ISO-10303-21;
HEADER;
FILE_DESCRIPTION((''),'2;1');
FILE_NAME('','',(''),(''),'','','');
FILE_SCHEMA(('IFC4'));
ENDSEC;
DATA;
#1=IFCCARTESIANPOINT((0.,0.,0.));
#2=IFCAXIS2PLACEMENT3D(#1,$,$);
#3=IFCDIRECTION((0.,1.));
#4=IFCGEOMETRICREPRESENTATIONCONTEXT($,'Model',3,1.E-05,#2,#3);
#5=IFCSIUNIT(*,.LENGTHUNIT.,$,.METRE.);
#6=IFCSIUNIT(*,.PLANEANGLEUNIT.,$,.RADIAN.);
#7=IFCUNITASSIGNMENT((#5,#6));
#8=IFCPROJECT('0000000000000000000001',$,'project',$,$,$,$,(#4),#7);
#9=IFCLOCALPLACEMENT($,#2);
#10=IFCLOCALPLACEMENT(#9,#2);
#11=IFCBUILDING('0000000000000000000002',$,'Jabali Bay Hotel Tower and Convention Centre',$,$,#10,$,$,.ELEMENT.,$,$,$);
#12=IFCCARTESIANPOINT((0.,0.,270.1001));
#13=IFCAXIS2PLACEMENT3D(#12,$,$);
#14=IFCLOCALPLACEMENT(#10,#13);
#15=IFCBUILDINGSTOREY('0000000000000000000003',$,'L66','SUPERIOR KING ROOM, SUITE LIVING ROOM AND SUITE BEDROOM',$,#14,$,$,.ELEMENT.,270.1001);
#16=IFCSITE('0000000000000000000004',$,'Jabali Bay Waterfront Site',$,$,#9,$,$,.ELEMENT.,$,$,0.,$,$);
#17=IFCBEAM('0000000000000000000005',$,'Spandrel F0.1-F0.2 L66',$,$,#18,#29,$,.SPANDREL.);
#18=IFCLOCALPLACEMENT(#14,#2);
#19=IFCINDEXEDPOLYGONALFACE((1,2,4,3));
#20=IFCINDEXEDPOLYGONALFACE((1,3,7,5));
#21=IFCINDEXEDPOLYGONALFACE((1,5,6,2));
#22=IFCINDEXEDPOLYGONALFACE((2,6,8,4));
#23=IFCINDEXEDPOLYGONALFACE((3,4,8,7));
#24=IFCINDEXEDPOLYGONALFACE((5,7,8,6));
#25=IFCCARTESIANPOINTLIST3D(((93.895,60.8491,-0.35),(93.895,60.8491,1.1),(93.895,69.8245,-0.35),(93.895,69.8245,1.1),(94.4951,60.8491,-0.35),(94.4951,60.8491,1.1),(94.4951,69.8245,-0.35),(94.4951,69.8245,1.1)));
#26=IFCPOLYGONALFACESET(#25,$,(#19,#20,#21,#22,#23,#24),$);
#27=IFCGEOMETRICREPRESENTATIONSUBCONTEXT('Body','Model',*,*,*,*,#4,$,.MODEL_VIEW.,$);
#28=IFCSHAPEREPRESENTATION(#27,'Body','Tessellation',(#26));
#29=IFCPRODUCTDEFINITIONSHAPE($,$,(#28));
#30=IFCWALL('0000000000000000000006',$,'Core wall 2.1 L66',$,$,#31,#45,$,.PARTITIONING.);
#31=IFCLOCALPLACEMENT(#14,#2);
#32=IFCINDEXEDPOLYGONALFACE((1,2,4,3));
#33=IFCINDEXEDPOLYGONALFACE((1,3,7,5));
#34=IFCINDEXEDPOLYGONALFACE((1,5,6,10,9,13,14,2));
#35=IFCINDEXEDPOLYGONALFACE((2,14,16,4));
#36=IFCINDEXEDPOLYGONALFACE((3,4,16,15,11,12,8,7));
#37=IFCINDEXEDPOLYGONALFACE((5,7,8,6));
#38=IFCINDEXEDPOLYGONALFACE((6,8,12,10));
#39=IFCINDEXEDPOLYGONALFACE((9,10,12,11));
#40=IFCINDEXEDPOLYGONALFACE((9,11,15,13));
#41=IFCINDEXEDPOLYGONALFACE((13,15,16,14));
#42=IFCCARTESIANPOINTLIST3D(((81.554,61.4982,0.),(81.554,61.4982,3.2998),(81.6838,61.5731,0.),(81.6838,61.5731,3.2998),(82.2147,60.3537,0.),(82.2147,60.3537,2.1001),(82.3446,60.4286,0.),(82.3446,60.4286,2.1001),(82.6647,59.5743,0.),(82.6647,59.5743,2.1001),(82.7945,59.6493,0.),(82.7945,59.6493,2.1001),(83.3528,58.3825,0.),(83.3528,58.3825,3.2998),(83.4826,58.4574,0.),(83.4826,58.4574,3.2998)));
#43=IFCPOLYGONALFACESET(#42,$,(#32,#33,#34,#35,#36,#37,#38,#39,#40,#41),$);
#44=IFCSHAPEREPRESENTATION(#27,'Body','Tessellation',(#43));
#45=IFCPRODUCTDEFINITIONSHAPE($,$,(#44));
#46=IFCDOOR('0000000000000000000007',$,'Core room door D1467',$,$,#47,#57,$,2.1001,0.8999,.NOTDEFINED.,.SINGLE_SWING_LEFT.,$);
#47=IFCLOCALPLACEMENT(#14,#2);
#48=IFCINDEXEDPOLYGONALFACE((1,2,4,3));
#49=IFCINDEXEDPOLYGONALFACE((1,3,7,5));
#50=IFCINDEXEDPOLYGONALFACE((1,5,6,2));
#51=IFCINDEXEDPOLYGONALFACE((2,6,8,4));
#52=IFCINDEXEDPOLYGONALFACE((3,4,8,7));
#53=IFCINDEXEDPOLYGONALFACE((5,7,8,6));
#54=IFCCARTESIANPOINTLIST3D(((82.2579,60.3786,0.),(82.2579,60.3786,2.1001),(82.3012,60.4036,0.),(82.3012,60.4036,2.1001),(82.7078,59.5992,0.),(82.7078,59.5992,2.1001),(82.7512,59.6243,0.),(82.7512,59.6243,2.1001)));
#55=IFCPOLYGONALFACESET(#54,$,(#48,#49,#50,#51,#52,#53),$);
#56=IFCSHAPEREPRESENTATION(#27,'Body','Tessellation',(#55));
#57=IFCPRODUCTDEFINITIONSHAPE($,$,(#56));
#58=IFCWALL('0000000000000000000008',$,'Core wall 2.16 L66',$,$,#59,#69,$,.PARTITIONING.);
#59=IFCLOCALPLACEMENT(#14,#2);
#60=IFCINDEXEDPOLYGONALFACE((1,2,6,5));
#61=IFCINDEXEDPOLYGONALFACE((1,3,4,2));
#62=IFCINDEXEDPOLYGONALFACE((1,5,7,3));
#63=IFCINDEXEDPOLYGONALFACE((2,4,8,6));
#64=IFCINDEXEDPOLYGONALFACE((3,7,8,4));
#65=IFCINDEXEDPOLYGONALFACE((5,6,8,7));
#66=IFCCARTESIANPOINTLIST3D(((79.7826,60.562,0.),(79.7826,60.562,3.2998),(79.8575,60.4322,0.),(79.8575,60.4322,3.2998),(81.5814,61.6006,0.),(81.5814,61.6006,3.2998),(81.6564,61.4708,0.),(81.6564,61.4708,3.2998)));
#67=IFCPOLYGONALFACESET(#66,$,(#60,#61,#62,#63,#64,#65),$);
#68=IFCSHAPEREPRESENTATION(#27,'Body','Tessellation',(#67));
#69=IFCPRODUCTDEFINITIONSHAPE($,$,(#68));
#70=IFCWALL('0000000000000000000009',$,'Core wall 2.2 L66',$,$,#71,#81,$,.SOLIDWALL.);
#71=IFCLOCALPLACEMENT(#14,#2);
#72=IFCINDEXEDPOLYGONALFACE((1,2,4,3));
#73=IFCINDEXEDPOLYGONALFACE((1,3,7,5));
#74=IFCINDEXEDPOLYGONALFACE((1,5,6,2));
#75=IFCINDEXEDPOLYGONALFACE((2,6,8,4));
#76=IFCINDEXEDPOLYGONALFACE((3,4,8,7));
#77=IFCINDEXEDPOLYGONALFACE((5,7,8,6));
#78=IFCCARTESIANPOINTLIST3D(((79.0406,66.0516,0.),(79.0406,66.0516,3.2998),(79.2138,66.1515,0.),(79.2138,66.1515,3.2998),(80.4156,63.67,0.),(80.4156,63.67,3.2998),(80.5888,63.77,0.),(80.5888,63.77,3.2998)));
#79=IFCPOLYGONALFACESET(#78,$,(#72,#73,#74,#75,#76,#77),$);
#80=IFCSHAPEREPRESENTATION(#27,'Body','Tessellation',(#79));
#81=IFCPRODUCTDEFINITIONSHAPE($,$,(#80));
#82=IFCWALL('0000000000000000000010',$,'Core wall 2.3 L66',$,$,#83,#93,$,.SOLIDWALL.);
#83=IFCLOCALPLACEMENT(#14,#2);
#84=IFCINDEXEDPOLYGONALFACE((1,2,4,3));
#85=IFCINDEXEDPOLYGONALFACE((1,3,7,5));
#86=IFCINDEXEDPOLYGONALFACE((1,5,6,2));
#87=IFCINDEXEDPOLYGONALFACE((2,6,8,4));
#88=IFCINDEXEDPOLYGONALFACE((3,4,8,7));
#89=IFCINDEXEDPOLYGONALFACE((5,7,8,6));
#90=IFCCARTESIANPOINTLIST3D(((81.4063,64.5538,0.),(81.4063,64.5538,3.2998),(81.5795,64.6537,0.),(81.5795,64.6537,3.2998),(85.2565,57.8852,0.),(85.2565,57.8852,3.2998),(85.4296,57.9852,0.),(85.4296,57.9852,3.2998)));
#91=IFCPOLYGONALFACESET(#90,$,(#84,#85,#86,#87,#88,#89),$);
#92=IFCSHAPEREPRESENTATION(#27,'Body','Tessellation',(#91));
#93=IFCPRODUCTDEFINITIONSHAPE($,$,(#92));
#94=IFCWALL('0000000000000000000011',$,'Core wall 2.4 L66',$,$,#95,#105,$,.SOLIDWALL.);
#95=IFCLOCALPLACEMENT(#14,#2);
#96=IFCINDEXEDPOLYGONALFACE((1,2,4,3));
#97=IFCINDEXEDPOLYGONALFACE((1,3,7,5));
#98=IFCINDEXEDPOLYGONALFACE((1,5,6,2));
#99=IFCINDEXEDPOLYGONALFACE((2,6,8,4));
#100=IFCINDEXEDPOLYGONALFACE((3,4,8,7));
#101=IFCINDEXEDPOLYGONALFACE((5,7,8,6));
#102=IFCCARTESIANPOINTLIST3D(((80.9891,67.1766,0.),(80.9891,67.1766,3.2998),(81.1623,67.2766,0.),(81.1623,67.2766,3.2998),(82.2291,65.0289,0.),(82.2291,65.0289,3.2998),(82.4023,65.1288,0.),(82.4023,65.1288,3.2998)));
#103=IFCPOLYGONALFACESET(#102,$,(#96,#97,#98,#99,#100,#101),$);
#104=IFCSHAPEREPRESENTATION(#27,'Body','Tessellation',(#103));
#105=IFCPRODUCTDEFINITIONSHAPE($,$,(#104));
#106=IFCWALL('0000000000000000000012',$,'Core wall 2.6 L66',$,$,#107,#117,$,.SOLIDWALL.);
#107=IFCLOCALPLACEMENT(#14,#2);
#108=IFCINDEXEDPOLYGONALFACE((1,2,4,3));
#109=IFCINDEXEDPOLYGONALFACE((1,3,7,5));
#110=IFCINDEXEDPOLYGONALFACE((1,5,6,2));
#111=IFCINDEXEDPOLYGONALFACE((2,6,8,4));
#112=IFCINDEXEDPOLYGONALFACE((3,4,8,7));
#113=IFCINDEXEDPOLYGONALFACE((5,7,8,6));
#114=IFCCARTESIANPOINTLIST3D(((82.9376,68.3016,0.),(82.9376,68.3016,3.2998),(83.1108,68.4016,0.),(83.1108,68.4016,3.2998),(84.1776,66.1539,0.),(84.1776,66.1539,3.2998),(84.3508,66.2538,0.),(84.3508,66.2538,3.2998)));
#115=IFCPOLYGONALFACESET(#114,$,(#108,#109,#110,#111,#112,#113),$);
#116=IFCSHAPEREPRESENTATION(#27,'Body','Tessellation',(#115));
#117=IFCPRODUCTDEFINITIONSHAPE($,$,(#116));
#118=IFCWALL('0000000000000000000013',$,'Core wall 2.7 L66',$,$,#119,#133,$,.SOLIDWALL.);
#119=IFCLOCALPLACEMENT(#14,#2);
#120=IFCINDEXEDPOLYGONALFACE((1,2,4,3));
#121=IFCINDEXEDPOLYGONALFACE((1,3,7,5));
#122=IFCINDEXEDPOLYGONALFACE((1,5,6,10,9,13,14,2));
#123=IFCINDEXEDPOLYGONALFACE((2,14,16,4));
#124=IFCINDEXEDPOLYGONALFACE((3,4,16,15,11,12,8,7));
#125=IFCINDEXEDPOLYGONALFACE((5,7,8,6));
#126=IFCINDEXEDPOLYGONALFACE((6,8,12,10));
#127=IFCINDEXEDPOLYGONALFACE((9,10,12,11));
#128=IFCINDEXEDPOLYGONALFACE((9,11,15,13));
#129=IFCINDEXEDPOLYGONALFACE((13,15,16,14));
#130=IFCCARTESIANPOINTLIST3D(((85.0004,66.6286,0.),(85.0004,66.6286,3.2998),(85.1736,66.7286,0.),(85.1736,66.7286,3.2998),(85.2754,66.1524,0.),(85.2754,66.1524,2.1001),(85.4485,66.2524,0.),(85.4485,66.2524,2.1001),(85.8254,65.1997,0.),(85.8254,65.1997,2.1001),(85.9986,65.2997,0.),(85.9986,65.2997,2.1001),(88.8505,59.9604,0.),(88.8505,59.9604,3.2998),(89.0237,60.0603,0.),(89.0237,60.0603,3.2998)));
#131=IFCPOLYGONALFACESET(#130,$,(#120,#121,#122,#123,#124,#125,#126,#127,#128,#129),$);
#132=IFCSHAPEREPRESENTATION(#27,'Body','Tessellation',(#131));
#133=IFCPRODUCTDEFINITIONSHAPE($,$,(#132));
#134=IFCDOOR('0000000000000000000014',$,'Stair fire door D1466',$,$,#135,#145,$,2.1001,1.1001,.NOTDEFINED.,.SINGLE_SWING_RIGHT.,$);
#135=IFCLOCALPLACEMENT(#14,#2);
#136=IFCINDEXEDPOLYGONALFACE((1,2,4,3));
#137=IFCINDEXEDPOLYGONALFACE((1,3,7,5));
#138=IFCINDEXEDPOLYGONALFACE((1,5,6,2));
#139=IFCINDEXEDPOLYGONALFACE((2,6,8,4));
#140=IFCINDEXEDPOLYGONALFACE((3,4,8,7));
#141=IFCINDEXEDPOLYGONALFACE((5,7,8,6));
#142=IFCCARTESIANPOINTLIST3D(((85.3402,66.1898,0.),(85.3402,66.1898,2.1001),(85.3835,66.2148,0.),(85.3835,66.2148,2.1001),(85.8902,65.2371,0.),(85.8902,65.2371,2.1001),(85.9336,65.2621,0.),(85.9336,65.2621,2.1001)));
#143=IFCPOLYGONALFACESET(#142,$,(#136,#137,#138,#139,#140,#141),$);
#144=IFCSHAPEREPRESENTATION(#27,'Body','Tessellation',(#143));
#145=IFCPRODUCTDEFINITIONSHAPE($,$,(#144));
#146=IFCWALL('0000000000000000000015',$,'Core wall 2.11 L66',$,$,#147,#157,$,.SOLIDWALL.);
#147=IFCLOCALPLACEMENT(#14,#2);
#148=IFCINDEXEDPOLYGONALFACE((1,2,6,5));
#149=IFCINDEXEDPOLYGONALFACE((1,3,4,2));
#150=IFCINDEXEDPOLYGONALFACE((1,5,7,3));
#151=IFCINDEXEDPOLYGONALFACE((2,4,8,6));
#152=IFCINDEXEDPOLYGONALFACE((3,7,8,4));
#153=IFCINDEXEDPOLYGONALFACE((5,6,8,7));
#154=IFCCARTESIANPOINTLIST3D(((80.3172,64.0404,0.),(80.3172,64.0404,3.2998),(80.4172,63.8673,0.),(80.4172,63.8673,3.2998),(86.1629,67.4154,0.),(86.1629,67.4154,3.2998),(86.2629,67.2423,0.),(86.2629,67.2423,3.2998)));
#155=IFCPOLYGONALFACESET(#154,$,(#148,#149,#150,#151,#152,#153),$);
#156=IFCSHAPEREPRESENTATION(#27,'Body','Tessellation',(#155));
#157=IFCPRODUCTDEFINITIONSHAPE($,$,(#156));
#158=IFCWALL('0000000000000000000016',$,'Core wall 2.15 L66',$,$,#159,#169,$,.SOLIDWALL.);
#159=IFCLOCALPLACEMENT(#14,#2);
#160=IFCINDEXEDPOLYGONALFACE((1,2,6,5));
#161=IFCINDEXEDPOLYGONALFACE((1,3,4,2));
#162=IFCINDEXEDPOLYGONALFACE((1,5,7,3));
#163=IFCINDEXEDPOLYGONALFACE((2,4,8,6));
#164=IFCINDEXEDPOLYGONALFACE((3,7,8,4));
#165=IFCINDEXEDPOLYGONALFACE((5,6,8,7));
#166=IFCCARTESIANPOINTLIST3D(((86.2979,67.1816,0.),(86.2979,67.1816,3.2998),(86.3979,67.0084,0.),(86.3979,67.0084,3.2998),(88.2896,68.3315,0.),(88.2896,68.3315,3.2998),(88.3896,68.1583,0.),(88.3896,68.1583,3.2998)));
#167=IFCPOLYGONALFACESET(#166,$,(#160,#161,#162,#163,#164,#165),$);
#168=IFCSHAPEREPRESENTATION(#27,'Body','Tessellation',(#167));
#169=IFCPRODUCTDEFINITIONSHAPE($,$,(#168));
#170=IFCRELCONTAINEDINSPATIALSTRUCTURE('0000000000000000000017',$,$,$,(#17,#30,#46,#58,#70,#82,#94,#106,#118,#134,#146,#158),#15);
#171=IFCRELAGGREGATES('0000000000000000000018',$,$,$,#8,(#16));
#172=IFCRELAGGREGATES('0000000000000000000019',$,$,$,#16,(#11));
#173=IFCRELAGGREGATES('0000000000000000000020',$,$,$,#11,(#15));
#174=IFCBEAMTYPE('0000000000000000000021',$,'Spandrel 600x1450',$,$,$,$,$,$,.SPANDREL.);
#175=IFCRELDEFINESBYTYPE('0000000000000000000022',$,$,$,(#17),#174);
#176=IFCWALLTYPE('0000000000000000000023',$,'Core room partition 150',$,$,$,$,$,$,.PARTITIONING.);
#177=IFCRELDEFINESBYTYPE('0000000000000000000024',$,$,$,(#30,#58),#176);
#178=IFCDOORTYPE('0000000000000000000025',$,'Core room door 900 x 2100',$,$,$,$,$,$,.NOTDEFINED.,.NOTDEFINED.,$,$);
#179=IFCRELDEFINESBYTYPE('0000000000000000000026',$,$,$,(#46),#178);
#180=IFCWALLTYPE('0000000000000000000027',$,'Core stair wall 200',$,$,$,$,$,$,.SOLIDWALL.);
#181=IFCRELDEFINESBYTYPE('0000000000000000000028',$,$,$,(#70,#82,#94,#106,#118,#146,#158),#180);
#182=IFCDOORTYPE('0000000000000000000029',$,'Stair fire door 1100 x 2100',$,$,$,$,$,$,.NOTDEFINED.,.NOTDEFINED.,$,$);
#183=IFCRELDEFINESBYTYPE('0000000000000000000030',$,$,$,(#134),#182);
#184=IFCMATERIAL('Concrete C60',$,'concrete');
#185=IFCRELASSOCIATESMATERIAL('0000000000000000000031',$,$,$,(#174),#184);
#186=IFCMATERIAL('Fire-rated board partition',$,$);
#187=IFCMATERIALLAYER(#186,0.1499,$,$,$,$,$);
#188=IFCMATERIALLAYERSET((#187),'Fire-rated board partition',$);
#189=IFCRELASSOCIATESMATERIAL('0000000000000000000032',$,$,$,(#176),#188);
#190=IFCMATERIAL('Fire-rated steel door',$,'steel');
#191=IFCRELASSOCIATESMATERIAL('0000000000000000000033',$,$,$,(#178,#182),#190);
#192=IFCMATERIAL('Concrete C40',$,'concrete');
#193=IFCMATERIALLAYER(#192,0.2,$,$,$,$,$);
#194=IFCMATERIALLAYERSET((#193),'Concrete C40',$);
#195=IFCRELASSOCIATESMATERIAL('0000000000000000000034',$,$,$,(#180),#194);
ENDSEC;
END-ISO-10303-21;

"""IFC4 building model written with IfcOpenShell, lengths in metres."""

from ifc_helpers import new_model, si_unit, direction, frame, frame_2d, origin, origin_2d, place, context, subcontext, project, spatial, rectangle, extrude, material, layer, layer_set, material_profile, profile_set, type_object, element, fill, save


model = new_model("IFC4")

# Units and contexts
model_context = context("Model", 3, precision=1e-05, world=origin(), true_north=direction((0.0, 1.0)))
body_context = subcontext(model_context, "Body", "Model", "MODEL_VIEW")
ifc_project = project(units=[si_unit("LENGTHUNIT", "METRE"), si_unit("PLANEANGLEUNIT", "RADIAN")], contexts=[model_context])

# Site, building, storey
site_placement = place(None, origin())
site = spatial("IfcSite", under=ifc_project, at=site_placement, Name="Jabali Bay Waterfront Site", CompositionType="ELEMENT", RefElevation=0.0)
building_placement = place(site_placement, origin())
building = spatial("IfcBuilding", under=site, at=building_placement, Name="Jabali Bay Hotel Tower and Convention Centre", CompositionType="ELEMENT")
storey_placement = place(building_placement, frame((0.0, 0.0, 270.1001)))
storey = spatial("IfcBuildingStorey", under=building, at=storey_placement, Name="L66", Description="SUPERIOR KING ROOM, SUITE LIVING ROOM AND SUITE BEDROOM", CompositionType="ELEMENT", Elevation=270.1001)

# Beam
ifc_material_1 = material(Name="Concrete C60", Category="concrete")
ifc_material_profile = material_profile(ifc_material_1, rectangle(XDim=0.6001, YDim=1.45, at=origin_2d()), Name="Spandrel 600x1450")
ifc_profile_set = profile_set([ifc_material_profile], Name="Concrete C60")
beam_type = type_object("IfcBeamType", Name="Spandrel 600x1450", PredefinedType="SPANDREL", material=ifc_profile_set)
beam_placement = place(storey_placement, frame((94.1951, 60.8491, 0.375), z_axis=(0.0, 1.0, 0.0), x_axis=(-1.0, 0.0, 0.0)))
element("IfcBeam", 1, at=beam_placement, inside=storey, type_object=beam_type, Name="Spandrel F0.1-F0.2 L66", PredefinedType="SPANDREL", context=body_context, shape_type="SweptSolid", body=[
    extrude(rectangle(XDim=0.6001, YDim=1.45, at=origin_2d()), origin(), (0.0, 0.0, 1.0), 8.9753),
])

# Wall, opening, door
ifc_material_2 = material(Name="Fire-rated board partition")
ifc_layer_1 = layer(ifc_material_2, 0.1499)
ifc_layer_set_1 = layer_set([ifc_layer_1], Name="Fire-rated board partition")
wall_type_1 = type_object("IfcWallType", Name="Core room partition 150", PredefinedType="PARTITIONING", material=ifc_layer_set_1)
wall_1_placement = place(storey_placement, frame((81.6189, 61.5356, 0.0), z_axis=(0.0, 0.0, 1.0), x_axis=(0.499993, -0.86603, 0.0)))
wall_1 = element("IfcWall", 2, at=wall_1_placement, inside=storey, type_object=wall_type_1, Name="Core wall 2.1 L66", PredefinedType="PARTITIONING", context=body_context, shape_type="SweptSolid", body=[
    extrude(rectangle(XDim=3.5977, YDim=0.1499, at=frame_2d((1.7988, 0.0))), origin(), (0.0, 0.0, 1.0), 3.2998),
])
opening_1_placement = place(wall_1_placement, frame((1.3215, 0.0, 0.0)))
opening_1 = element("IfcOpeningElement", 3, at=opening_1_placement, cuts=wall_1, PredefinedType="OPENING", context=body_context, shape_type="SweptSolid", body=[
    extrude(rectangle(XDim=0.8999, YDim=2.1001, at=frame_2d((0.45, 1.05))), frame((0.0, 0.0854, 0.0), z_axis=(0.0, -1.0, 0.0), x_axis=(1.0, 0.0, 0.0)), (0.0, 0.0, 1.0), 0.1709),
])
ifc_material_3 = material(Name="Fire-rated steel door", Category="steel")
door_type_1 = type_object("IfcDoorType", Name="Core room door 900 x 2100", OperationType="NOTDEFINED", PredefinedType="NOTDEFINED", material=ifc_material_3)
door_1_placement = place(opening_1_placement, origin())
door_1 = element("IfcDoor", 4, at=door_1_placement, inside=storey, type_object=door_type_1, Name="Core room door D1467", OperationType="SINGLE_SWING_LEFT", OverallHeight=2.1001, OverallWidth=0.8999, PredefinedType="NOTDEFINED", context=body_context, shape_type="SweptSolid", body=[
    extrude(rectangle(XDim=0.8999, YDim=2.1001, at=frame_2d((0.45, 1.05))), frame((0.0, 0.0249, 0.0), z_axis=(0.0, -1.0, 0.0), x_axis=(1.0, 0.0, 0.0)), (0.0, 0.0, 1.0), 0.05),
])
fill(opening_1, door_1)

# Walls
wall_2_placement = place(storey_placement, frame((79.8201, 60.4971, 0.0), z_axis=(0.0, 0.0, 1.0), x_axis=(0.866021, 0.500007, 0.0)))
element("IfcWall", 5, at=wall_2_placement, inside=storey, type_object=wall_type_1, Name="Core wall 2.16 L66", PredefinedType="PARTITIONING", context=body_context, shape_type="SweptSolid", body=[
    extrude(rectangle(XDim=2.0771, YDim=0.1499, at=frame_2d((1.0386, 0.0))), origin(), (0.0, 0.0, 1.0), 3.2998),
])
ifc_material_4 = material(Name="Concrete C40", Category="concrete")
ifc_layer_2 = layer(ifc_material_4, 0.2)
ifc_layer_set_2 = layer_set([ifc_layer_2], Name="Concrete C40")
wall_type_2 = type_object("IfcWallType", Name="Core stair wall 200", PredefinedType="SOLIDWALL", material=ifc_layer_set_2)
wall_3_placement = place(storey_placement, frame((79.1272, 66.1016, 0.0), z_axis=(0.0, 0.0, 1.0), x_axis=(0.499997, -0.866027, 0.0)))
element("IfcWall", 6, at=wall_3_placement, inside=storey, type_object=wall_type_2, Name="Core wall 2.2 L66", PredefinedType="SOLIDWALL", context=body_context, shape_type="SweptSolid", body=[
    extrude(rectangle(XDim=2.75, YDim=0.2, at=frame_2d((1.375, 0.0))), origin(), (0.0, 0.0, 1.0), 3.2998),
])
wall_4_placement = place(storey_placement, frame((81.4929, 64.6038, 0.0), z_axis=(0.0, 0.0, 1.0), x_axis=(0.500006, -0.866022, 0.0)))
element("IfcWall", 7, at=wall_4_placement, inside=storey, type_object=wall_type_2, Name="Core wall 2.3 L66", PredefinedType="SOLIDWALL", context=body_context, shape_type="SweptSolid", body=[
    extrude(rectangle(XDim=7.7002, YDim=0.2, at=frame_2d((3.8501, 0.0))), origin(), (0.0, 0.0, 1.0), 3.2998),
])
for number, where, z_axis, x_axis, name in (
    (8, (81.0757, 67.2266, 0.0), (0.0, 0.0, 1.0), (0.500004, -0.866023, 0.0), "Core wall 2.4 L66"),
    (9, (83.0242, 68.3516, 0.0), (0.0, 0.0, 1.0), (0.500004, -0.866023, 0.0), "Core wall 2.6 L66"),
):
    element("IfcWall", number, at=place(storey_placement, frame(where, z_axis=z_axis, x_axis=x_axis)), inside=storey, type_object=wall_type_2, Name=name, PredefinedType="SOLIDWALL", context=body_context, shape_type="SweptSolid", body=[
        extrude(rectangle(XDim=2.48, YDim=0.2, at=frame_2d((1.24, 0.0))), origin(), (0.0, 0.0, 1.0), 3.2998),
    ])

# Wall, opening, door
wall_5_placement = place(storey_placement, frame((85.0869, 66.6787, 0.0), z_axis=(0.0, 0.0, 1.0), x_axis=(0.50002, -0.866014, 0.0)))
wall_5 = element("IfcWall", 10, at=wall_5_placement, inside=storey, type_object=wall_type_2, Name="Core wall 2.7 L66", PredefinedType="SOLIDWALL", context=body_context, shape_type="SweptSolid", body=[
    extrude(rectangle(XDim=7.7, YDim=0.2, at=frame_2d((3.8501, 0.0))), origin(), (0.0, 0.0, 1.0), 3.2998),
])
opening_2_placement = place(wall_5_placement, frame((0.55, 0.0, 0.0)))
opening_2 = element("IfcOpeningElement", 11, at=opening_2_placement, cuts=wall_5, PredefinedType="OPENING", context=body_context, shape_type="SweptSolid", body=[
    extrude(rectangle(XDim=1.1001, YDim=2.1001, at=frame_2d((0.55, 1.05))), frame((0.0, 0.1104, 0.0), z_axis=(0.0, -1.0, 0.0), x_axis=(1.0, 0.0, 0.0)), (0.0, 0.0, 1.0), 0.2209),
])
door_type_2 = type_object("IfcDoorType", Name="Stair fire door 1100 x 2100", OperationType="NOTDEFINED", PredefinedType="NOTDEFINED", material=ifc_material_3)
door_2_placement = place(opening_2_placement, origin())
door_2 = element("IfcDoor", 12, at=door_2_placement, inside=storey, type_object=door_type_2, Name="Stair fire door D1466", OperationType="SINGLE_SWING_RIGHT", OverallHeight=2.1001, OverallWidth=1.1001, PredefinedType="NOTDEFINED", context=body_context, shape_type="SweptSolid", body=[
    extrude(rectangle(XDim=1.1001, YDim=2.1001, at=frame_2d((0.55, 1.05))), frame((0.0, 0.0249, 0.0), z_axis=(0.0, -1.0, 0.0), x_axis=(1.0, 0.0, 0.0)), (0.0, 0.0, 1.0), 0.05),
])
fill(opening_2, door_2)

# Walls
wall_6_placement = place(storey_placement, frame((80.3672, 63.9539, 0.0), z_axis=(0.0, 0.0, 1.0), x_axis=(0.866027, 0.499998, 0.0)))
element("IfcWall", 13, at=wall_6_placement, inside=storey, type_object=wall_type_2, Name="Core wall 2.11 L66", PredefinedType="SOLIDWALL", context=body_context, shape_type="SweptSolid", body=[
    extrude(rectangle(XDim=6.75, YDim=0.2, at=frame_2d((3.375, 0.0))), origin(), (0.0, 0.0, 1.0), 3.2998),
])
wall_7_placement = place(storey_placement, frame((86.3479, 67.095, 0.0), z_axis=(0.0, 0.0, 1.0), x_axis=(0.866026, 0.499998, 0.0)))
element("IfcWall", 14, at=wall_7_placement, inside=storey, type_object=wall_type_2, Name="Core wall 2.15 L66", PredefinedType="SOLIDWALL", context=body_context, shape_type="SweptSolid", body=[
    extrude(rectangle(XDim=2.2998, YDim=0.2, at=frame_2d((1.1499, 0.0))), origin(), (0.0, 0.0, 1.0), 3.2998),
])

save(model, "model.ifc")
